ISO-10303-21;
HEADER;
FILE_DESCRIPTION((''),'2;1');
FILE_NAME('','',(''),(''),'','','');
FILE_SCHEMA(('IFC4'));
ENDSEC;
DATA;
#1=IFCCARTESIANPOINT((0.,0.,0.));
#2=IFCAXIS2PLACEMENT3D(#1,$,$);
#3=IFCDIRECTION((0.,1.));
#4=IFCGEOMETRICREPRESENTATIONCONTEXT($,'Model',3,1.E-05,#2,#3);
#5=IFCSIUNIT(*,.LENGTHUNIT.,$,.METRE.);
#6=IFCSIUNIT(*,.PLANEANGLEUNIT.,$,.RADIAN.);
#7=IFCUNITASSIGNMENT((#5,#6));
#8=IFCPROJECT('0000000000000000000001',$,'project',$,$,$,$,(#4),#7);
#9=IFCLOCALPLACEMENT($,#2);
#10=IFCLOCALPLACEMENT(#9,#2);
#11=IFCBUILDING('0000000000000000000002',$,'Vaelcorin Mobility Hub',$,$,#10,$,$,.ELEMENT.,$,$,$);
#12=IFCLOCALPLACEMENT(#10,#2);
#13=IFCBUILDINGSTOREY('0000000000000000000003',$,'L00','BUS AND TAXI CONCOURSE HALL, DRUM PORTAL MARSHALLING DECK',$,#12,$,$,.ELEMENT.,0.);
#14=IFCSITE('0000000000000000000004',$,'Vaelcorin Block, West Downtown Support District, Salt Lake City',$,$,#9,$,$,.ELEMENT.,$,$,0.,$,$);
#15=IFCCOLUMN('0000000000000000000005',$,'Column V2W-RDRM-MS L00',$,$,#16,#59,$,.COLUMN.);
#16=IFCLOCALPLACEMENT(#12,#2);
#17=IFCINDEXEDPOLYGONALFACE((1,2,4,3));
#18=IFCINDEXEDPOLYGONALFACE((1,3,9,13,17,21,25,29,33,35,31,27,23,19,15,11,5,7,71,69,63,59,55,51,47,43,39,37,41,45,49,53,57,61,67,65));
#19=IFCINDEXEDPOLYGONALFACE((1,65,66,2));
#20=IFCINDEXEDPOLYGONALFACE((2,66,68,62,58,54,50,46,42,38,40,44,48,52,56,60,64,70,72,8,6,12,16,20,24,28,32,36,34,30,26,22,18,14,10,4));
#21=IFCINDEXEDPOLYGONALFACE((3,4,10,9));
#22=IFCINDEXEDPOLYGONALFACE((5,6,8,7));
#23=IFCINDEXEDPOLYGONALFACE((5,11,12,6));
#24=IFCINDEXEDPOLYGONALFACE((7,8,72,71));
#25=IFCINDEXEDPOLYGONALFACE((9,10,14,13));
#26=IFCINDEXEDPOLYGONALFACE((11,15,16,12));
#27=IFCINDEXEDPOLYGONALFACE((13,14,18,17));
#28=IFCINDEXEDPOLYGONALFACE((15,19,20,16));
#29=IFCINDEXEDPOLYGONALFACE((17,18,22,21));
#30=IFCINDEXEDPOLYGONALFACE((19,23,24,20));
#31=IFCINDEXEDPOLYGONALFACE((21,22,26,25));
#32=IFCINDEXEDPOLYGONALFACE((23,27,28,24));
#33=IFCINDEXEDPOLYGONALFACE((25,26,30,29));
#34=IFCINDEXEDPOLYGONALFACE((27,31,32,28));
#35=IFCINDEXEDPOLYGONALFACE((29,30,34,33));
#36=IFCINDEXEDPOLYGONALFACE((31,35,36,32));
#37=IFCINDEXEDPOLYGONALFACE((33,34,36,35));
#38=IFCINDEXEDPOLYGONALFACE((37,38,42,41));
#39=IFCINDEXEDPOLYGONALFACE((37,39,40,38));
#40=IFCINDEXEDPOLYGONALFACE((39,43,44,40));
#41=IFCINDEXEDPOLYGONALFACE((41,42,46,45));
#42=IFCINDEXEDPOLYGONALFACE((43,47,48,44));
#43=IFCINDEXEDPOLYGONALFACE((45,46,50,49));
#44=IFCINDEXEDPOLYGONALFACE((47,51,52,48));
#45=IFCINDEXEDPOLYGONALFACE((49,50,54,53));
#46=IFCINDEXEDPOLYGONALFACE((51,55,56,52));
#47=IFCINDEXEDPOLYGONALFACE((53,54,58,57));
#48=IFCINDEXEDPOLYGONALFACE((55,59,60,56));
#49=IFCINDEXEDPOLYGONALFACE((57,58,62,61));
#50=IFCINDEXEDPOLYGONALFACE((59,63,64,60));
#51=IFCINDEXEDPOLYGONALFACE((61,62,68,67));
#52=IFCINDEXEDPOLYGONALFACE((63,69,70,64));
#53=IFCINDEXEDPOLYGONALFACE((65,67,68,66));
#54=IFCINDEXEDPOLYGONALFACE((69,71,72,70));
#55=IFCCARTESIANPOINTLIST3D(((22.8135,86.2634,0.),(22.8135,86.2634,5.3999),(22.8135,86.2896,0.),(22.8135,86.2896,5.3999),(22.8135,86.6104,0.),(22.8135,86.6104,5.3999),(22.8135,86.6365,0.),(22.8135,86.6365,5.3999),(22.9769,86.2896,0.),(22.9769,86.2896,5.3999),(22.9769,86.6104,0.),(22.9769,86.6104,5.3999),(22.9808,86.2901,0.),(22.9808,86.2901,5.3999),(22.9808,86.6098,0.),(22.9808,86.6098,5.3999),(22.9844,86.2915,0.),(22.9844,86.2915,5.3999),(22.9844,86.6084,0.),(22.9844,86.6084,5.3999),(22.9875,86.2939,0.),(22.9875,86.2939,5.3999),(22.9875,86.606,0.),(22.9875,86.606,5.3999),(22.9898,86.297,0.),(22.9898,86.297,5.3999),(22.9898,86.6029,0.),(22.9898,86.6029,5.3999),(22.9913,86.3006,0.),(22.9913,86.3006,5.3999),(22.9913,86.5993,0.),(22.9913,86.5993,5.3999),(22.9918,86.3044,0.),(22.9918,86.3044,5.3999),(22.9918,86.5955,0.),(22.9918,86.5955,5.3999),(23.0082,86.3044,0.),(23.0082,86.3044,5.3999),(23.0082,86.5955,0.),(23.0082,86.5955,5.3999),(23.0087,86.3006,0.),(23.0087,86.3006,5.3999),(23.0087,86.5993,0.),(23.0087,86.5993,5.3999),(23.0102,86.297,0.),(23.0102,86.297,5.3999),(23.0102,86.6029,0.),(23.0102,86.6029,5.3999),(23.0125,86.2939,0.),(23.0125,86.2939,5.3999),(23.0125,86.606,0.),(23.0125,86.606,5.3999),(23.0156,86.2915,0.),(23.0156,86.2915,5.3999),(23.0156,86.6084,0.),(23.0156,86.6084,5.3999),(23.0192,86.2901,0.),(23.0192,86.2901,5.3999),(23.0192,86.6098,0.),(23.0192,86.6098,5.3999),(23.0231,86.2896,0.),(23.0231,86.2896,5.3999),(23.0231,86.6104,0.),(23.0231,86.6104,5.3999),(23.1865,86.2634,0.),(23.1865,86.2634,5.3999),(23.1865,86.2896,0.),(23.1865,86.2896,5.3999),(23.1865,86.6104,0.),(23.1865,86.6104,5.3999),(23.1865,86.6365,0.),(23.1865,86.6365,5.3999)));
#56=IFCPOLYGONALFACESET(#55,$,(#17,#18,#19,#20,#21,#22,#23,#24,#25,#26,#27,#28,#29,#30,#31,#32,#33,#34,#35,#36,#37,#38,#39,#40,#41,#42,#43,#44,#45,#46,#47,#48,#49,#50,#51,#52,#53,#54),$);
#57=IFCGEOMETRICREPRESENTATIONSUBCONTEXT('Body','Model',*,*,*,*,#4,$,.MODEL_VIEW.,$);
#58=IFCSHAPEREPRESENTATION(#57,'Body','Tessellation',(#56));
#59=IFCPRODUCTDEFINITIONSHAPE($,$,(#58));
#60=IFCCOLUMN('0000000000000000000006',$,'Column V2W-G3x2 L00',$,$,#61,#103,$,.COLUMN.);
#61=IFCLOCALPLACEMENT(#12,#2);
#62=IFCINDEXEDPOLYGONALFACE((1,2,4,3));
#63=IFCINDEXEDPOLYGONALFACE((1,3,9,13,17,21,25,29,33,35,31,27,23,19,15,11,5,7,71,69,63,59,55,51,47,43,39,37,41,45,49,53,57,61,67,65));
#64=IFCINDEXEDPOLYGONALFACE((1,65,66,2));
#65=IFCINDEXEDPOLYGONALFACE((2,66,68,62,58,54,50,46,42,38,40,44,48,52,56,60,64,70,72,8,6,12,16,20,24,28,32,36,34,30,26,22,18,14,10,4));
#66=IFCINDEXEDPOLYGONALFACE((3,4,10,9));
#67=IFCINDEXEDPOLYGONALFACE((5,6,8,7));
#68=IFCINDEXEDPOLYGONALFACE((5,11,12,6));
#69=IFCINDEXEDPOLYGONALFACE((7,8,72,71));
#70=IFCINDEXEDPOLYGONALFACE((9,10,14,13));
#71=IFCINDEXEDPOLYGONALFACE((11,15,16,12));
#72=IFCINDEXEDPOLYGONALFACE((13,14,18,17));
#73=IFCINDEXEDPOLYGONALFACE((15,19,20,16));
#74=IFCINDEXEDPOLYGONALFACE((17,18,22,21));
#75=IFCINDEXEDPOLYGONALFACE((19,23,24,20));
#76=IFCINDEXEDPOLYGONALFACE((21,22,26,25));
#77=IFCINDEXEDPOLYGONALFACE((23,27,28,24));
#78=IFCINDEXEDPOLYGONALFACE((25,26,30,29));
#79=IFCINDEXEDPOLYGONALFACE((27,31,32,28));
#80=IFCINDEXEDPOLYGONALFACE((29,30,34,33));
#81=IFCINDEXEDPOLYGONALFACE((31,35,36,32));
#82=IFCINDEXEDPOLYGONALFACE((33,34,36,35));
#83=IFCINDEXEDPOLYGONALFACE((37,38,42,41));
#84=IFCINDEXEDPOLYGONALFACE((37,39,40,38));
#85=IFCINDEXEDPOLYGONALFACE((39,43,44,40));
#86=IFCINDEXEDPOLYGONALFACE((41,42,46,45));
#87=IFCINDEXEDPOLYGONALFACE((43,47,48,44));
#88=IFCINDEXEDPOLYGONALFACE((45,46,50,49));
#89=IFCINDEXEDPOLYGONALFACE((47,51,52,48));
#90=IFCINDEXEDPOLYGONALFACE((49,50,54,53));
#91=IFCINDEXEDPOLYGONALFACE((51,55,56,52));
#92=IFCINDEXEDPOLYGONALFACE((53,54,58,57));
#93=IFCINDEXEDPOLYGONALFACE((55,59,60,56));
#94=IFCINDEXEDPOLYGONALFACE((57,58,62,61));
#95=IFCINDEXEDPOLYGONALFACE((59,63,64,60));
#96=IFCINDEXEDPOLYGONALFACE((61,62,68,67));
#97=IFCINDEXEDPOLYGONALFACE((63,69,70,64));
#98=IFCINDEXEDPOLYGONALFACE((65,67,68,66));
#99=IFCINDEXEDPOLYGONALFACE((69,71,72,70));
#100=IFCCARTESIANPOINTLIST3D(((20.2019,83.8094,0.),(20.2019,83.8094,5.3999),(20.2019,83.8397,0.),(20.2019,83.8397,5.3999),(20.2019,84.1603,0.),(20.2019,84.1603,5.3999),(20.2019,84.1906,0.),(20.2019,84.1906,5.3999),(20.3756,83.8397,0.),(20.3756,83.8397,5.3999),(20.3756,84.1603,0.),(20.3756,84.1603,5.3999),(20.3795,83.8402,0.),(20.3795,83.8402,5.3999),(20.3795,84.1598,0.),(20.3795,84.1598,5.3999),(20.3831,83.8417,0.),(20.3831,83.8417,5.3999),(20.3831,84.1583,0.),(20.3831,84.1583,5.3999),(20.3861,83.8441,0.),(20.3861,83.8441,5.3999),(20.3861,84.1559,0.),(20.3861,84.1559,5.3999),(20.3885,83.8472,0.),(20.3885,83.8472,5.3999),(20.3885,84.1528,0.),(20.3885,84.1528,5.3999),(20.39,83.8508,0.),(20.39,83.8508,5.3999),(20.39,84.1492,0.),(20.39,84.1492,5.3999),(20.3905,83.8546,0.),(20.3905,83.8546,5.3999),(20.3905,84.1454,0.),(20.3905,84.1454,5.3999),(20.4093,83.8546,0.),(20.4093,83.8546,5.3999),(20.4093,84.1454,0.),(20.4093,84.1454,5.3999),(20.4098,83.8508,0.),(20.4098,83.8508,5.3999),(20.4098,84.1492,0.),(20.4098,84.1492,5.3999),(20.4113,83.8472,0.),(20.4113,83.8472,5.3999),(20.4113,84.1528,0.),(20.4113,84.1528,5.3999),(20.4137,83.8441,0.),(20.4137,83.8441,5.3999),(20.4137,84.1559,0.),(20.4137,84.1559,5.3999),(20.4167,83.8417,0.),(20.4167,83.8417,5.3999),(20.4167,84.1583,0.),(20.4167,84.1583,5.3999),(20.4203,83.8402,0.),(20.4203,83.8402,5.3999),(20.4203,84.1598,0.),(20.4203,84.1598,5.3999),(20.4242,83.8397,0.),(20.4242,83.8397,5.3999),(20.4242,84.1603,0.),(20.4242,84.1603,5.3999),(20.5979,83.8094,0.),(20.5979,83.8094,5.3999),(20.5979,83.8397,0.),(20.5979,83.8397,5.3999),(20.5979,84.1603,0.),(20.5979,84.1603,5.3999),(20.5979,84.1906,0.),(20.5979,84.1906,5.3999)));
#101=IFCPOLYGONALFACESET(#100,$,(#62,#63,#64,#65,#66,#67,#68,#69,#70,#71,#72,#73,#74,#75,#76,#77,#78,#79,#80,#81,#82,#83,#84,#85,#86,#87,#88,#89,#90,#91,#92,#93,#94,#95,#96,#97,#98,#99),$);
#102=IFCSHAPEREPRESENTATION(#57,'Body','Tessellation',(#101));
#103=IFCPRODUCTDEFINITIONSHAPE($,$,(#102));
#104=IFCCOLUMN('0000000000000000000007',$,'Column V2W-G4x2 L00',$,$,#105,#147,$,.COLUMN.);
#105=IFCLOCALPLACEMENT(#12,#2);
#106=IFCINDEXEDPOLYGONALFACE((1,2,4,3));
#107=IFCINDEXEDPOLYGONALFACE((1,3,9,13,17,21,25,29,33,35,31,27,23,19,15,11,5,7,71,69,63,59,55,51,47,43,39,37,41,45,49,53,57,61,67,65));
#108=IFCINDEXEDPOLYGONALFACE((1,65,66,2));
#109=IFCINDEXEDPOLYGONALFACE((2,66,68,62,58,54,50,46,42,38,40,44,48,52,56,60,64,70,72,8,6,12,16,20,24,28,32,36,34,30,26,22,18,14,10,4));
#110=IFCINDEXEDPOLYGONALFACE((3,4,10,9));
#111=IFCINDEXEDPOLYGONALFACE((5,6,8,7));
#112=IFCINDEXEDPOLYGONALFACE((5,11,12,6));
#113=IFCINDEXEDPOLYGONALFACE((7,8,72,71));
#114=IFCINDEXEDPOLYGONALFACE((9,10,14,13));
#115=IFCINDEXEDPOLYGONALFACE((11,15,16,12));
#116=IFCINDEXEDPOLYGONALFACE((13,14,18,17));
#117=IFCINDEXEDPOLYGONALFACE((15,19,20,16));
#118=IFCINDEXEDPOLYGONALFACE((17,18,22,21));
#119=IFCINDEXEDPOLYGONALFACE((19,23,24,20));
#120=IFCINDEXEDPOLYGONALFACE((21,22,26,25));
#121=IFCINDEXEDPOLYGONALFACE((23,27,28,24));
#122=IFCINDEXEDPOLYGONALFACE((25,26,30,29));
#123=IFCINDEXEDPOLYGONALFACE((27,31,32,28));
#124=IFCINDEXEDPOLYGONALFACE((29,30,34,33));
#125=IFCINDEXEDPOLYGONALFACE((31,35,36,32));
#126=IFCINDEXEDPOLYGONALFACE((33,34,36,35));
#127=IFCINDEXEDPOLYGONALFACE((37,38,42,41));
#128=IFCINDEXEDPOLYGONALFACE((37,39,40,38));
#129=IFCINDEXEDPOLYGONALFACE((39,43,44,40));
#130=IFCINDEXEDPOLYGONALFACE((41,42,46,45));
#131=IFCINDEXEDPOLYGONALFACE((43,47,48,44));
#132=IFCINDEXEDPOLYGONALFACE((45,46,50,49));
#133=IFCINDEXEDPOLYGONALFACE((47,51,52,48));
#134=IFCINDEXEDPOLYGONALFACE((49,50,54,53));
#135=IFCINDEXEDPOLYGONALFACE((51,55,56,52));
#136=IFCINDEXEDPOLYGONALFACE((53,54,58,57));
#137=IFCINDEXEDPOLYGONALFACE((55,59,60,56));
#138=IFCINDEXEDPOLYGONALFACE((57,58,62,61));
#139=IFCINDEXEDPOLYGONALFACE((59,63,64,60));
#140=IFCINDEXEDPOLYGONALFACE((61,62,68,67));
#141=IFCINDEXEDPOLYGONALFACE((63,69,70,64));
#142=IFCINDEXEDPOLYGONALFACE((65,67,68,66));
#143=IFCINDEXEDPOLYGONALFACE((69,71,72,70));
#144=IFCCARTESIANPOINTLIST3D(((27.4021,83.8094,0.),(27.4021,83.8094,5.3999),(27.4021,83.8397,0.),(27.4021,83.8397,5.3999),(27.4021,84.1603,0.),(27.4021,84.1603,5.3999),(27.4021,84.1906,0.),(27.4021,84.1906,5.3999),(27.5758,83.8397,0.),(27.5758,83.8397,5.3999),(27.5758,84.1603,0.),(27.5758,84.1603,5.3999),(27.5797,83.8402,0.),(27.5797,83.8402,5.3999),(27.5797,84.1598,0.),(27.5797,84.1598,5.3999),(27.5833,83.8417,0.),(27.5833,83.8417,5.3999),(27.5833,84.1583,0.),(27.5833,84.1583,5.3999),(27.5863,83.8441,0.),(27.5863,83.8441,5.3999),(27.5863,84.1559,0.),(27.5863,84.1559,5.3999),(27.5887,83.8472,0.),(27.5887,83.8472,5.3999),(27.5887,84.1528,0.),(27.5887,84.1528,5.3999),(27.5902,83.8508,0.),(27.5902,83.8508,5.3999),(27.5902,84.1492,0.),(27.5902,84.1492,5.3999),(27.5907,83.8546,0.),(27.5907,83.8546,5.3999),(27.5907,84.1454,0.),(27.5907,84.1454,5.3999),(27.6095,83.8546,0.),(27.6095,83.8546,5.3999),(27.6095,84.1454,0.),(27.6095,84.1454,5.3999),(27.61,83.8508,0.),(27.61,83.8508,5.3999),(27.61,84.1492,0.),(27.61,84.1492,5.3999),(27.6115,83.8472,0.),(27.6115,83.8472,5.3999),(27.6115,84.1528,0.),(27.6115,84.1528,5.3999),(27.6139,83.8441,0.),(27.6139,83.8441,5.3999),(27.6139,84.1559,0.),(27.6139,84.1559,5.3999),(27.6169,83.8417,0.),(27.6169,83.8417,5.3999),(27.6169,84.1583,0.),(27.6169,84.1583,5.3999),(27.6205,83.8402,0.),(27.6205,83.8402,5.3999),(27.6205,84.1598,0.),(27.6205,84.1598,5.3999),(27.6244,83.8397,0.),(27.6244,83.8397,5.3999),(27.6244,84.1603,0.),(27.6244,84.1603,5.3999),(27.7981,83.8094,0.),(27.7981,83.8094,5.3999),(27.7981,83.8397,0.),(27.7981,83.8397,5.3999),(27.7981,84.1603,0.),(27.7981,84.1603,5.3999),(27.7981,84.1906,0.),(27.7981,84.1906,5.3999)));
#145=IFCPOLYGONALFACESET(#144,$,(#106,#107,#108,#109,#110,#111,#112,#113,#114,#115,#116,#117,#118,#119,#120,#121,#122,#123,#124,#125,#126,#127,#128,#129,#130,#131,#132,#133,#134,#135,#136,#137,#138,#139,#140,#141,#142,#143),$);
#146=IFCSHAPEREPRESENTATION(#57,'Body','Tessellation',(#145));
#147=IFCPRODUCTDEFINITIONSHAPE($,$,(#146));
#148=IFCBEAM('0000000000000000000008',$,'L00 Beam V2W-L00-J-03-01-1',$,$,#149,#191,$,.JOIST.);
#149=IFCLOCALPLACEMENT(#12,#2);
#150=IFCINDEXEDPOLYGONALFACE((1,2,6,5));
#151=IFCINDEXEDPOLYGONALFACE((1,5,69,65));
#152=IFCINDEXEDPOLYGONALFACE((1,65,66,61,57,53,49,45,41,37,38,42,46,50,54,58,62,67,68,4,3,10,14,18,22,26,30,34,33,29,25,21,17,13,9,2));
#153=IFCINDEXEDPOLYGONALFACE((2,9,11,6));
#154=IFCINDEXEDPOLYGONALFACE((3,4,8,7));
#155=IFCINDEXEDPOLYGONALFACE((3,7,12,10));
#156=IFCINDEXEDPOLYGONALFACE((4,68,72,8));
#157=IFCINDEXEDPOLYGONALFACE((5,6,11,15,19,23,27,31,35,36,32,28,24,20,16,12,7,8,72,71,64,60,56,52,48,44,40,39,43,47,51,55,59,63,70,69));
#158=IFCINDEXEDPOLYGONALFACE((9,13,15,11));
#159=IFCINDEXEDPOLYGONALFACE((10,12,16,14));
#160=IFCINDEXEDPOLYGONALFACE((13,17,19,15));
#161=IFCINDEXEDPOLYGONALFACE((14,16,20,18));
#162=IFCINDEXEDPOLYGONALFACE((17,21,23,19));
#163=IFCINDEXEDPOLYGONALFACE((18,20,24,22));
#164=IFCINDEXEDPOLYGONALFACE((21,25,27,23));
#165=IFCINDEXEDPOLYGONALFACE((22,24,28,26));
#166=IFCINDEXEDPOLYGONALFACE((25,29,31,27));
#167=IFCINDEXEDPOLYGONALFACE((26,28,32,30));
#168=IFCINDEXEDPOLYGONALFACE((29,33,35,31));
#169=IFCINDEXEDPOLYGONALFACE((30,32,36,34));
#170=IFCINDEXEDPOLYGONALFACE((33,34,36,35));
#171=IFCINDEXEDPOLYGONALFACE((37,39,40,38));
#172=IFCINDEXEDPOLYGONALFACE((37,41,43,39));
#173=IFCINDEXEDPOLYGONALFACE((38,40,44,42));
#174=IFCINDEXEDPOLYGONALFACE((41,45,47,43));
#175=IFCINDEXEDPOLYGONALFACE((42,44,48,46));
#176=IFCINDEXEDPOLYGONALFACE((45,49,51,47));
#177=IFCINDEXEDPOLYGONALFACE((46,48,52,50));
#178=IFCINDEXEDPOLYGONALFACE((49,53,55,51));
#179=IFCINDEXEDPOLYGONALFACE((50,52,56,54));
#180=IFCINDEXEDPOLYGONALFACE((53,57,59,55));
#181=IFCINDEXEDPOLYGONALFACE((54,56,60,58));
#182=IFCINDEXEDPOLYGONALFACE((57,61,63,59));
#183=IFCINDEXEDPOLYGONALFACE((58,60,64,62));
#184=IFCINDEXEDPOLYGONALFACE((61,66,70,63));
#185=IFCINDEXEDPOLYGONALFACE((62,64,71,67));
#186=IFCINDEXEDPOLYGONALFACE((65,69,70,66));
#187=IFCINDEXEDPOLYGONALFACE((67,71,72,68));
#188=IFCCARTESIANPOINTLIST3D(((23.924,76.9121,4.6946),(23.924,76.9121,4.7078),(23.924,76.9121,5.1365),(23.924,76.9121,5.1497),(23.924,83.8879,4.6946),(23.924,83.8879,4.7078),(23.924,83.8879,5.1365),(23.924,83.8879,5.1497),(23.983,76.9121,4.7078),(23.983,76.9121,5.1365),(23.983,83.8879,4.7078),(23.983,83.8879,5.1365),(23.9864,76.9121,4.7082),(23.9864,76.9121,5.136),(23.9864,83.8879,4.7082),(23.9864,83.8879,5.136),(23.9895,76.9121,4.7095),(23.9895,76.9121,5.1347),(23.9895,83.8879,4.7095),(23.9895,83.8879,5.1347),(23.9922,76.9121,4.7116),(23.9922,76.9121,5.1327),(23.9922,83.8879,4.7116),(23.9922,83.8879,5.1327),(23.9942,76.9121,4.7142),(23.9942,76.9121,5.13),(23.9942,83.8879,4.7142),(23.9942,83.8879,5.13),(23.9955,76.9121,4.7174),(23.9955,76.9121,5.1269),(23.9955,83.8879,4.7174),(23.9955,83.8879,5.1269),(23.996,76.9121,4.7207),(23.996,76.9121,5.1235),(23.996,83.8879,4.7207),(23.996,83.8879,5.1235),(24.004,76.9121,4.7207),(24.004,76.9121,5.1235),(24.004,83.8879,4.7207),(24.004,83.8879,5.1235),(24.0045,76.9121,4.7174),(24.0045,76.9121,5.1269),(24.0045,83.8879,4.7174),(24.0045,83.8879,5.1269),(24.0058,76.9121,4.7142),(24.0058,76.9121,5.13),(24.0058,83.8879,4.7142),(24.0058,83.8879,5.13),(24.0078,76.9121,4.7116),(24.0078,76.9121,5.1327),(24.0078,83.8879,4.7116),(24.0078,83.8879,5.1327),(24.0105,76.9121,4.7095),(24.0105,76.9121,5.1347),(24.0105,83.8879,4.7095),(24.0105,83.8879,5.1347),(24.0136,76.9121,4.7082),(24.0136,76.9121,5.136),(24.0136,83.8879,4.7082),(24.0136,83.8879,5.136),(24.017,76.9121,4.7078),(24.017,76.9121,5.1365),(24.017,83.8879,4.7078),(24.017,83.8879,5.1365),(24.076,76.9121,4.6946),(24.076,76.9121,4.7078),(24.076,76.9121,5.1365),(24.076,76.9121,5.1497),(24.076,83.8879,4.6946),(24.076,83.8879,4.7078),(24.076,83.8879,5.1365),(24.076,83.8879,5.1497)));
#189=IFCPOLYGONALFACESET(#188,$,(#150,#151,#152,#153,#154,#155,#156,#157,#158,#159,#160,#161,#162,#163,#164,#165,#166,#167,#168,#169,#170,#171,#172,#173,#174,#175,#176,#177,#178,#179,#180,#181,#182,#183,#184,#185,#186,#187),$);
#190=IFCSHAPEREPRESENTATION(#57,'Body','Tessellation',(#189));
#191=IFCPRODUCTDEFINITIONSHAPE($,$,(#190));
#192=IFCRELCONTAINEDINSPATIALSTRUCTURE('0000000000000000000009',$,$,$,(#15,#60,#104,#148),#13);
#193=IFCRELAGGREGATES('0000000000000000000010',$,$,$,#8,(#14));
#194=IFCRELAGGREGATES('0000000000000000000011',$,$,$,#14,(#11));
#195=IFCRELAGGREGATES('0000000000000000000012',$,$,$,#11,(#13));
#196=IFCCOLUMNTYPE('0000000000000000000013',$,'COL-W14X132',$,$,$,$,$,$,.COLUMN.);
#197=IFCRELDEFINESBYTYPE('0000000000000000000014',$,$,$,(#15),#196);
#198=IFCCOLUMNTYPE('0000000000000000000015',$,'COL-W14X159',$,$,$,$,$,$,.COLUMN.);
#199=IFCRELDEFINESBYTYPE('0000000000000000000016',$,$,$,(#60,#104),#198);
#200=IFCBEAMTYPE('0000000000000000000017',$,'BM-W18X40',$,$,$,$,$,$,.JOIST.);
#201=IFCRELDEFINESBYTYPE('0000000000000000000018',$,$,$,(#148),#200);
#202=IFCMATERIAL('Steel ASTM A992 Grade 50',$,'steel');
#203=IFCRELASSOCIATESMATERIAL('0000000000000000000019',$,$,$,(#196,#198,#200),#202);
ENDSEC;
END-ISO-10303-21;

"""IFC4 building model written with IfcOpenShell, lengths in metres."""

from ifc_helpers import new_model, si_unit, direction, frame, origin, origin_2d, place, context, subcontext, project, spatial, i_section, extrude, material, material_profile, profile_set, type_object, element, save


model = new_model("IFC4")

# Units and contexts
model_context = context("Model", 3, precision=1e-05, world=origin(), true_north=direction((0.0, 1.0)))
body_context = subcontext(model_context, "Body", "Model", "MODEL_VIEW")
ifc_project = project(units=[si_unit("LENGTHUNIT", "METRE"), si_unit("PLANEANGLEUNIT", "RADIAN")], contexts=[model_context])

# Site, building, storey
site_placement = place(None, origin())
site = spatial("IfcSite", under=ifc_project, at=site_placement, Name="Vaelcorin Block, West Downtown Support District, Salt Lake City", CompositionType="ELEMENT", RefElevation=0.0)
building_placement = place(site_placement, origin())
building = spatial("IfcBuilding", under=site, at=building_placement, Name="Vaelcorin Mobility Hub", CompositionType="ELEMENT")
storey_placement = place(building_placement, origin())
storey = spatial("IfcBuildingStorey", under=building, at=storey_placement, Name="L00", Description="BUS AND TAXI CONCOURSE HALL, DRUM PORTAL MARSHALLING DECK", CompositionType="ELEMENT", Elevation=0.0)

# Columns
ifc_material_1 = material(Name="Steel ASTM A992 Grade 50", Category="steel")
ifc_material_profile_1 = material_profile(ifc_material_1, i_section(OverallWidth=0.373, OverallDepth=0.373, WebThickness=0.0164, FlangeThickness=0.0261, FilletRadius=0.0149, at=origin_2d()), Name="W14X132")
ifc_profile_set_1 = profile_set([ifc_material_profile_1], Name="Steel ASTM A992 Grade 50")
column_type_1 = type_object("IfcColumnType", Name="COL-W14X132", PredefinedType="COLUMN", material=ifc_profile_set_1)
column_placement = place(storey_placement, frame((23.0, 86.45, 0.0), z_axis=(0.0, 0.0, 1.0), x_axis=(1.0, 0.0, 0.0)))
element("IfcColumn", 1, at=column_placement, inside=storey, type_object=column_type_1, Name="Column V2W-RDRM-MS L00", PredefinedType="COLUMN", context=body_context, shape_type="SweptSolid", body=[
    extrude(i_section(OverallWidth=0.373, OverallDepth=0.373, WebThickness=0.0164, FlangeThickness=0.0261, FilletRadius=0.0149, at=origin_2d()), origin(), (0.0, 0.0, 1.0), 5.3999),
])
ifc_material_profile_2 = material_profile(ifc_material_1, i_section(OverallWidth=0.396, OverallDepth=0.3811, WebThickness=0.0188, FlangeThickness=0.0303, FilletRadius=0.0149, at=origin_2d()), Name="W14X159")
ifc_profile_set_2 = profile_set([ifc_material_profile_2], Name="Steel ASTM A992 Grade 50")
column_type_2 = type_object("IfcColumnType", Name="COL-W14X159", PredefinedType="COLUMN", material=ifc_profile_set_2)
for number, where, z_axis, x_axis, name in (
    (2, (20.3999, 84.0, 0.0), (0.0, 0.0, 1.0), (1.0, 0.0, 0.0), "Column V2W-G3x2 L00"),
    (3, (27.6001, 84.0, 0.0), (0.0, 0.0, 1.0), (1.0, 0.0, 0.0), "Column V2W-G4x2 L00"),
):
    element("IfcColumn", number, at=place(storey_placement, frame(where, z_axis=z_axis, x_axis=x_axis)), inside=storey, type_object=column_type_2, Name=name, PredefinedType="COLUMN", context=body_context, shape_type="SweptSolid", body=[
        extrude(i_section(OverallWidth=0.396, OverallDepth=0.3811, WebThickness=0.0188, FlangeThickness=0.0303, FilletRadius=0.0149, at=origin_2d()), origin(), (0.0, 0.0, 1.0), 5.3999),
    ])

# Beam
ifc_material_profile_3 = material_profile(ifc_material_1, i_section(OverallWidth=0.1521, OverallDepth=0.4551, WebThickness=0.0081, FlangeThickness=0.0132, FilletRadius=0.0129, at=origin_2d()), Name="W18X40")
ifc_profile_set_3 = profile_set([ifc_material_profile_3], Name="Steel ASTM A992 Grade 50")
beam_type_1 = type_object("IfcBeamType", Name="BM-W18X40", PredefinedType="JOIST", material=ifc_profile_set_3)
beam_1_placement = place(storey_placement, frame((24.0, 76.9121, 4.9221), z_axis=(0.0, 1.0, 0.0), x_axis=(-1.0, 0.0, 0.0)))
element("IfcBeam", 4, at=beam_1_placement, inside=storey, type_object=beam_type_1, Name="L00 Beam V2W-L00-J-03-01-1", PredefinedType="JOIST", context=body_context, shape_type="SweptSolid", body=[
    extrude(i_section(OverallWidth=0.1521, OverallDepth=0.4551, WebThickness=0.0081, FlangeThickness=0.0132, FilletRadius=0.0129, at=origin_2d()), origin(), (0.0, 0.0, 1.0), 6.9758),
])

save(model, "model.ifc")
